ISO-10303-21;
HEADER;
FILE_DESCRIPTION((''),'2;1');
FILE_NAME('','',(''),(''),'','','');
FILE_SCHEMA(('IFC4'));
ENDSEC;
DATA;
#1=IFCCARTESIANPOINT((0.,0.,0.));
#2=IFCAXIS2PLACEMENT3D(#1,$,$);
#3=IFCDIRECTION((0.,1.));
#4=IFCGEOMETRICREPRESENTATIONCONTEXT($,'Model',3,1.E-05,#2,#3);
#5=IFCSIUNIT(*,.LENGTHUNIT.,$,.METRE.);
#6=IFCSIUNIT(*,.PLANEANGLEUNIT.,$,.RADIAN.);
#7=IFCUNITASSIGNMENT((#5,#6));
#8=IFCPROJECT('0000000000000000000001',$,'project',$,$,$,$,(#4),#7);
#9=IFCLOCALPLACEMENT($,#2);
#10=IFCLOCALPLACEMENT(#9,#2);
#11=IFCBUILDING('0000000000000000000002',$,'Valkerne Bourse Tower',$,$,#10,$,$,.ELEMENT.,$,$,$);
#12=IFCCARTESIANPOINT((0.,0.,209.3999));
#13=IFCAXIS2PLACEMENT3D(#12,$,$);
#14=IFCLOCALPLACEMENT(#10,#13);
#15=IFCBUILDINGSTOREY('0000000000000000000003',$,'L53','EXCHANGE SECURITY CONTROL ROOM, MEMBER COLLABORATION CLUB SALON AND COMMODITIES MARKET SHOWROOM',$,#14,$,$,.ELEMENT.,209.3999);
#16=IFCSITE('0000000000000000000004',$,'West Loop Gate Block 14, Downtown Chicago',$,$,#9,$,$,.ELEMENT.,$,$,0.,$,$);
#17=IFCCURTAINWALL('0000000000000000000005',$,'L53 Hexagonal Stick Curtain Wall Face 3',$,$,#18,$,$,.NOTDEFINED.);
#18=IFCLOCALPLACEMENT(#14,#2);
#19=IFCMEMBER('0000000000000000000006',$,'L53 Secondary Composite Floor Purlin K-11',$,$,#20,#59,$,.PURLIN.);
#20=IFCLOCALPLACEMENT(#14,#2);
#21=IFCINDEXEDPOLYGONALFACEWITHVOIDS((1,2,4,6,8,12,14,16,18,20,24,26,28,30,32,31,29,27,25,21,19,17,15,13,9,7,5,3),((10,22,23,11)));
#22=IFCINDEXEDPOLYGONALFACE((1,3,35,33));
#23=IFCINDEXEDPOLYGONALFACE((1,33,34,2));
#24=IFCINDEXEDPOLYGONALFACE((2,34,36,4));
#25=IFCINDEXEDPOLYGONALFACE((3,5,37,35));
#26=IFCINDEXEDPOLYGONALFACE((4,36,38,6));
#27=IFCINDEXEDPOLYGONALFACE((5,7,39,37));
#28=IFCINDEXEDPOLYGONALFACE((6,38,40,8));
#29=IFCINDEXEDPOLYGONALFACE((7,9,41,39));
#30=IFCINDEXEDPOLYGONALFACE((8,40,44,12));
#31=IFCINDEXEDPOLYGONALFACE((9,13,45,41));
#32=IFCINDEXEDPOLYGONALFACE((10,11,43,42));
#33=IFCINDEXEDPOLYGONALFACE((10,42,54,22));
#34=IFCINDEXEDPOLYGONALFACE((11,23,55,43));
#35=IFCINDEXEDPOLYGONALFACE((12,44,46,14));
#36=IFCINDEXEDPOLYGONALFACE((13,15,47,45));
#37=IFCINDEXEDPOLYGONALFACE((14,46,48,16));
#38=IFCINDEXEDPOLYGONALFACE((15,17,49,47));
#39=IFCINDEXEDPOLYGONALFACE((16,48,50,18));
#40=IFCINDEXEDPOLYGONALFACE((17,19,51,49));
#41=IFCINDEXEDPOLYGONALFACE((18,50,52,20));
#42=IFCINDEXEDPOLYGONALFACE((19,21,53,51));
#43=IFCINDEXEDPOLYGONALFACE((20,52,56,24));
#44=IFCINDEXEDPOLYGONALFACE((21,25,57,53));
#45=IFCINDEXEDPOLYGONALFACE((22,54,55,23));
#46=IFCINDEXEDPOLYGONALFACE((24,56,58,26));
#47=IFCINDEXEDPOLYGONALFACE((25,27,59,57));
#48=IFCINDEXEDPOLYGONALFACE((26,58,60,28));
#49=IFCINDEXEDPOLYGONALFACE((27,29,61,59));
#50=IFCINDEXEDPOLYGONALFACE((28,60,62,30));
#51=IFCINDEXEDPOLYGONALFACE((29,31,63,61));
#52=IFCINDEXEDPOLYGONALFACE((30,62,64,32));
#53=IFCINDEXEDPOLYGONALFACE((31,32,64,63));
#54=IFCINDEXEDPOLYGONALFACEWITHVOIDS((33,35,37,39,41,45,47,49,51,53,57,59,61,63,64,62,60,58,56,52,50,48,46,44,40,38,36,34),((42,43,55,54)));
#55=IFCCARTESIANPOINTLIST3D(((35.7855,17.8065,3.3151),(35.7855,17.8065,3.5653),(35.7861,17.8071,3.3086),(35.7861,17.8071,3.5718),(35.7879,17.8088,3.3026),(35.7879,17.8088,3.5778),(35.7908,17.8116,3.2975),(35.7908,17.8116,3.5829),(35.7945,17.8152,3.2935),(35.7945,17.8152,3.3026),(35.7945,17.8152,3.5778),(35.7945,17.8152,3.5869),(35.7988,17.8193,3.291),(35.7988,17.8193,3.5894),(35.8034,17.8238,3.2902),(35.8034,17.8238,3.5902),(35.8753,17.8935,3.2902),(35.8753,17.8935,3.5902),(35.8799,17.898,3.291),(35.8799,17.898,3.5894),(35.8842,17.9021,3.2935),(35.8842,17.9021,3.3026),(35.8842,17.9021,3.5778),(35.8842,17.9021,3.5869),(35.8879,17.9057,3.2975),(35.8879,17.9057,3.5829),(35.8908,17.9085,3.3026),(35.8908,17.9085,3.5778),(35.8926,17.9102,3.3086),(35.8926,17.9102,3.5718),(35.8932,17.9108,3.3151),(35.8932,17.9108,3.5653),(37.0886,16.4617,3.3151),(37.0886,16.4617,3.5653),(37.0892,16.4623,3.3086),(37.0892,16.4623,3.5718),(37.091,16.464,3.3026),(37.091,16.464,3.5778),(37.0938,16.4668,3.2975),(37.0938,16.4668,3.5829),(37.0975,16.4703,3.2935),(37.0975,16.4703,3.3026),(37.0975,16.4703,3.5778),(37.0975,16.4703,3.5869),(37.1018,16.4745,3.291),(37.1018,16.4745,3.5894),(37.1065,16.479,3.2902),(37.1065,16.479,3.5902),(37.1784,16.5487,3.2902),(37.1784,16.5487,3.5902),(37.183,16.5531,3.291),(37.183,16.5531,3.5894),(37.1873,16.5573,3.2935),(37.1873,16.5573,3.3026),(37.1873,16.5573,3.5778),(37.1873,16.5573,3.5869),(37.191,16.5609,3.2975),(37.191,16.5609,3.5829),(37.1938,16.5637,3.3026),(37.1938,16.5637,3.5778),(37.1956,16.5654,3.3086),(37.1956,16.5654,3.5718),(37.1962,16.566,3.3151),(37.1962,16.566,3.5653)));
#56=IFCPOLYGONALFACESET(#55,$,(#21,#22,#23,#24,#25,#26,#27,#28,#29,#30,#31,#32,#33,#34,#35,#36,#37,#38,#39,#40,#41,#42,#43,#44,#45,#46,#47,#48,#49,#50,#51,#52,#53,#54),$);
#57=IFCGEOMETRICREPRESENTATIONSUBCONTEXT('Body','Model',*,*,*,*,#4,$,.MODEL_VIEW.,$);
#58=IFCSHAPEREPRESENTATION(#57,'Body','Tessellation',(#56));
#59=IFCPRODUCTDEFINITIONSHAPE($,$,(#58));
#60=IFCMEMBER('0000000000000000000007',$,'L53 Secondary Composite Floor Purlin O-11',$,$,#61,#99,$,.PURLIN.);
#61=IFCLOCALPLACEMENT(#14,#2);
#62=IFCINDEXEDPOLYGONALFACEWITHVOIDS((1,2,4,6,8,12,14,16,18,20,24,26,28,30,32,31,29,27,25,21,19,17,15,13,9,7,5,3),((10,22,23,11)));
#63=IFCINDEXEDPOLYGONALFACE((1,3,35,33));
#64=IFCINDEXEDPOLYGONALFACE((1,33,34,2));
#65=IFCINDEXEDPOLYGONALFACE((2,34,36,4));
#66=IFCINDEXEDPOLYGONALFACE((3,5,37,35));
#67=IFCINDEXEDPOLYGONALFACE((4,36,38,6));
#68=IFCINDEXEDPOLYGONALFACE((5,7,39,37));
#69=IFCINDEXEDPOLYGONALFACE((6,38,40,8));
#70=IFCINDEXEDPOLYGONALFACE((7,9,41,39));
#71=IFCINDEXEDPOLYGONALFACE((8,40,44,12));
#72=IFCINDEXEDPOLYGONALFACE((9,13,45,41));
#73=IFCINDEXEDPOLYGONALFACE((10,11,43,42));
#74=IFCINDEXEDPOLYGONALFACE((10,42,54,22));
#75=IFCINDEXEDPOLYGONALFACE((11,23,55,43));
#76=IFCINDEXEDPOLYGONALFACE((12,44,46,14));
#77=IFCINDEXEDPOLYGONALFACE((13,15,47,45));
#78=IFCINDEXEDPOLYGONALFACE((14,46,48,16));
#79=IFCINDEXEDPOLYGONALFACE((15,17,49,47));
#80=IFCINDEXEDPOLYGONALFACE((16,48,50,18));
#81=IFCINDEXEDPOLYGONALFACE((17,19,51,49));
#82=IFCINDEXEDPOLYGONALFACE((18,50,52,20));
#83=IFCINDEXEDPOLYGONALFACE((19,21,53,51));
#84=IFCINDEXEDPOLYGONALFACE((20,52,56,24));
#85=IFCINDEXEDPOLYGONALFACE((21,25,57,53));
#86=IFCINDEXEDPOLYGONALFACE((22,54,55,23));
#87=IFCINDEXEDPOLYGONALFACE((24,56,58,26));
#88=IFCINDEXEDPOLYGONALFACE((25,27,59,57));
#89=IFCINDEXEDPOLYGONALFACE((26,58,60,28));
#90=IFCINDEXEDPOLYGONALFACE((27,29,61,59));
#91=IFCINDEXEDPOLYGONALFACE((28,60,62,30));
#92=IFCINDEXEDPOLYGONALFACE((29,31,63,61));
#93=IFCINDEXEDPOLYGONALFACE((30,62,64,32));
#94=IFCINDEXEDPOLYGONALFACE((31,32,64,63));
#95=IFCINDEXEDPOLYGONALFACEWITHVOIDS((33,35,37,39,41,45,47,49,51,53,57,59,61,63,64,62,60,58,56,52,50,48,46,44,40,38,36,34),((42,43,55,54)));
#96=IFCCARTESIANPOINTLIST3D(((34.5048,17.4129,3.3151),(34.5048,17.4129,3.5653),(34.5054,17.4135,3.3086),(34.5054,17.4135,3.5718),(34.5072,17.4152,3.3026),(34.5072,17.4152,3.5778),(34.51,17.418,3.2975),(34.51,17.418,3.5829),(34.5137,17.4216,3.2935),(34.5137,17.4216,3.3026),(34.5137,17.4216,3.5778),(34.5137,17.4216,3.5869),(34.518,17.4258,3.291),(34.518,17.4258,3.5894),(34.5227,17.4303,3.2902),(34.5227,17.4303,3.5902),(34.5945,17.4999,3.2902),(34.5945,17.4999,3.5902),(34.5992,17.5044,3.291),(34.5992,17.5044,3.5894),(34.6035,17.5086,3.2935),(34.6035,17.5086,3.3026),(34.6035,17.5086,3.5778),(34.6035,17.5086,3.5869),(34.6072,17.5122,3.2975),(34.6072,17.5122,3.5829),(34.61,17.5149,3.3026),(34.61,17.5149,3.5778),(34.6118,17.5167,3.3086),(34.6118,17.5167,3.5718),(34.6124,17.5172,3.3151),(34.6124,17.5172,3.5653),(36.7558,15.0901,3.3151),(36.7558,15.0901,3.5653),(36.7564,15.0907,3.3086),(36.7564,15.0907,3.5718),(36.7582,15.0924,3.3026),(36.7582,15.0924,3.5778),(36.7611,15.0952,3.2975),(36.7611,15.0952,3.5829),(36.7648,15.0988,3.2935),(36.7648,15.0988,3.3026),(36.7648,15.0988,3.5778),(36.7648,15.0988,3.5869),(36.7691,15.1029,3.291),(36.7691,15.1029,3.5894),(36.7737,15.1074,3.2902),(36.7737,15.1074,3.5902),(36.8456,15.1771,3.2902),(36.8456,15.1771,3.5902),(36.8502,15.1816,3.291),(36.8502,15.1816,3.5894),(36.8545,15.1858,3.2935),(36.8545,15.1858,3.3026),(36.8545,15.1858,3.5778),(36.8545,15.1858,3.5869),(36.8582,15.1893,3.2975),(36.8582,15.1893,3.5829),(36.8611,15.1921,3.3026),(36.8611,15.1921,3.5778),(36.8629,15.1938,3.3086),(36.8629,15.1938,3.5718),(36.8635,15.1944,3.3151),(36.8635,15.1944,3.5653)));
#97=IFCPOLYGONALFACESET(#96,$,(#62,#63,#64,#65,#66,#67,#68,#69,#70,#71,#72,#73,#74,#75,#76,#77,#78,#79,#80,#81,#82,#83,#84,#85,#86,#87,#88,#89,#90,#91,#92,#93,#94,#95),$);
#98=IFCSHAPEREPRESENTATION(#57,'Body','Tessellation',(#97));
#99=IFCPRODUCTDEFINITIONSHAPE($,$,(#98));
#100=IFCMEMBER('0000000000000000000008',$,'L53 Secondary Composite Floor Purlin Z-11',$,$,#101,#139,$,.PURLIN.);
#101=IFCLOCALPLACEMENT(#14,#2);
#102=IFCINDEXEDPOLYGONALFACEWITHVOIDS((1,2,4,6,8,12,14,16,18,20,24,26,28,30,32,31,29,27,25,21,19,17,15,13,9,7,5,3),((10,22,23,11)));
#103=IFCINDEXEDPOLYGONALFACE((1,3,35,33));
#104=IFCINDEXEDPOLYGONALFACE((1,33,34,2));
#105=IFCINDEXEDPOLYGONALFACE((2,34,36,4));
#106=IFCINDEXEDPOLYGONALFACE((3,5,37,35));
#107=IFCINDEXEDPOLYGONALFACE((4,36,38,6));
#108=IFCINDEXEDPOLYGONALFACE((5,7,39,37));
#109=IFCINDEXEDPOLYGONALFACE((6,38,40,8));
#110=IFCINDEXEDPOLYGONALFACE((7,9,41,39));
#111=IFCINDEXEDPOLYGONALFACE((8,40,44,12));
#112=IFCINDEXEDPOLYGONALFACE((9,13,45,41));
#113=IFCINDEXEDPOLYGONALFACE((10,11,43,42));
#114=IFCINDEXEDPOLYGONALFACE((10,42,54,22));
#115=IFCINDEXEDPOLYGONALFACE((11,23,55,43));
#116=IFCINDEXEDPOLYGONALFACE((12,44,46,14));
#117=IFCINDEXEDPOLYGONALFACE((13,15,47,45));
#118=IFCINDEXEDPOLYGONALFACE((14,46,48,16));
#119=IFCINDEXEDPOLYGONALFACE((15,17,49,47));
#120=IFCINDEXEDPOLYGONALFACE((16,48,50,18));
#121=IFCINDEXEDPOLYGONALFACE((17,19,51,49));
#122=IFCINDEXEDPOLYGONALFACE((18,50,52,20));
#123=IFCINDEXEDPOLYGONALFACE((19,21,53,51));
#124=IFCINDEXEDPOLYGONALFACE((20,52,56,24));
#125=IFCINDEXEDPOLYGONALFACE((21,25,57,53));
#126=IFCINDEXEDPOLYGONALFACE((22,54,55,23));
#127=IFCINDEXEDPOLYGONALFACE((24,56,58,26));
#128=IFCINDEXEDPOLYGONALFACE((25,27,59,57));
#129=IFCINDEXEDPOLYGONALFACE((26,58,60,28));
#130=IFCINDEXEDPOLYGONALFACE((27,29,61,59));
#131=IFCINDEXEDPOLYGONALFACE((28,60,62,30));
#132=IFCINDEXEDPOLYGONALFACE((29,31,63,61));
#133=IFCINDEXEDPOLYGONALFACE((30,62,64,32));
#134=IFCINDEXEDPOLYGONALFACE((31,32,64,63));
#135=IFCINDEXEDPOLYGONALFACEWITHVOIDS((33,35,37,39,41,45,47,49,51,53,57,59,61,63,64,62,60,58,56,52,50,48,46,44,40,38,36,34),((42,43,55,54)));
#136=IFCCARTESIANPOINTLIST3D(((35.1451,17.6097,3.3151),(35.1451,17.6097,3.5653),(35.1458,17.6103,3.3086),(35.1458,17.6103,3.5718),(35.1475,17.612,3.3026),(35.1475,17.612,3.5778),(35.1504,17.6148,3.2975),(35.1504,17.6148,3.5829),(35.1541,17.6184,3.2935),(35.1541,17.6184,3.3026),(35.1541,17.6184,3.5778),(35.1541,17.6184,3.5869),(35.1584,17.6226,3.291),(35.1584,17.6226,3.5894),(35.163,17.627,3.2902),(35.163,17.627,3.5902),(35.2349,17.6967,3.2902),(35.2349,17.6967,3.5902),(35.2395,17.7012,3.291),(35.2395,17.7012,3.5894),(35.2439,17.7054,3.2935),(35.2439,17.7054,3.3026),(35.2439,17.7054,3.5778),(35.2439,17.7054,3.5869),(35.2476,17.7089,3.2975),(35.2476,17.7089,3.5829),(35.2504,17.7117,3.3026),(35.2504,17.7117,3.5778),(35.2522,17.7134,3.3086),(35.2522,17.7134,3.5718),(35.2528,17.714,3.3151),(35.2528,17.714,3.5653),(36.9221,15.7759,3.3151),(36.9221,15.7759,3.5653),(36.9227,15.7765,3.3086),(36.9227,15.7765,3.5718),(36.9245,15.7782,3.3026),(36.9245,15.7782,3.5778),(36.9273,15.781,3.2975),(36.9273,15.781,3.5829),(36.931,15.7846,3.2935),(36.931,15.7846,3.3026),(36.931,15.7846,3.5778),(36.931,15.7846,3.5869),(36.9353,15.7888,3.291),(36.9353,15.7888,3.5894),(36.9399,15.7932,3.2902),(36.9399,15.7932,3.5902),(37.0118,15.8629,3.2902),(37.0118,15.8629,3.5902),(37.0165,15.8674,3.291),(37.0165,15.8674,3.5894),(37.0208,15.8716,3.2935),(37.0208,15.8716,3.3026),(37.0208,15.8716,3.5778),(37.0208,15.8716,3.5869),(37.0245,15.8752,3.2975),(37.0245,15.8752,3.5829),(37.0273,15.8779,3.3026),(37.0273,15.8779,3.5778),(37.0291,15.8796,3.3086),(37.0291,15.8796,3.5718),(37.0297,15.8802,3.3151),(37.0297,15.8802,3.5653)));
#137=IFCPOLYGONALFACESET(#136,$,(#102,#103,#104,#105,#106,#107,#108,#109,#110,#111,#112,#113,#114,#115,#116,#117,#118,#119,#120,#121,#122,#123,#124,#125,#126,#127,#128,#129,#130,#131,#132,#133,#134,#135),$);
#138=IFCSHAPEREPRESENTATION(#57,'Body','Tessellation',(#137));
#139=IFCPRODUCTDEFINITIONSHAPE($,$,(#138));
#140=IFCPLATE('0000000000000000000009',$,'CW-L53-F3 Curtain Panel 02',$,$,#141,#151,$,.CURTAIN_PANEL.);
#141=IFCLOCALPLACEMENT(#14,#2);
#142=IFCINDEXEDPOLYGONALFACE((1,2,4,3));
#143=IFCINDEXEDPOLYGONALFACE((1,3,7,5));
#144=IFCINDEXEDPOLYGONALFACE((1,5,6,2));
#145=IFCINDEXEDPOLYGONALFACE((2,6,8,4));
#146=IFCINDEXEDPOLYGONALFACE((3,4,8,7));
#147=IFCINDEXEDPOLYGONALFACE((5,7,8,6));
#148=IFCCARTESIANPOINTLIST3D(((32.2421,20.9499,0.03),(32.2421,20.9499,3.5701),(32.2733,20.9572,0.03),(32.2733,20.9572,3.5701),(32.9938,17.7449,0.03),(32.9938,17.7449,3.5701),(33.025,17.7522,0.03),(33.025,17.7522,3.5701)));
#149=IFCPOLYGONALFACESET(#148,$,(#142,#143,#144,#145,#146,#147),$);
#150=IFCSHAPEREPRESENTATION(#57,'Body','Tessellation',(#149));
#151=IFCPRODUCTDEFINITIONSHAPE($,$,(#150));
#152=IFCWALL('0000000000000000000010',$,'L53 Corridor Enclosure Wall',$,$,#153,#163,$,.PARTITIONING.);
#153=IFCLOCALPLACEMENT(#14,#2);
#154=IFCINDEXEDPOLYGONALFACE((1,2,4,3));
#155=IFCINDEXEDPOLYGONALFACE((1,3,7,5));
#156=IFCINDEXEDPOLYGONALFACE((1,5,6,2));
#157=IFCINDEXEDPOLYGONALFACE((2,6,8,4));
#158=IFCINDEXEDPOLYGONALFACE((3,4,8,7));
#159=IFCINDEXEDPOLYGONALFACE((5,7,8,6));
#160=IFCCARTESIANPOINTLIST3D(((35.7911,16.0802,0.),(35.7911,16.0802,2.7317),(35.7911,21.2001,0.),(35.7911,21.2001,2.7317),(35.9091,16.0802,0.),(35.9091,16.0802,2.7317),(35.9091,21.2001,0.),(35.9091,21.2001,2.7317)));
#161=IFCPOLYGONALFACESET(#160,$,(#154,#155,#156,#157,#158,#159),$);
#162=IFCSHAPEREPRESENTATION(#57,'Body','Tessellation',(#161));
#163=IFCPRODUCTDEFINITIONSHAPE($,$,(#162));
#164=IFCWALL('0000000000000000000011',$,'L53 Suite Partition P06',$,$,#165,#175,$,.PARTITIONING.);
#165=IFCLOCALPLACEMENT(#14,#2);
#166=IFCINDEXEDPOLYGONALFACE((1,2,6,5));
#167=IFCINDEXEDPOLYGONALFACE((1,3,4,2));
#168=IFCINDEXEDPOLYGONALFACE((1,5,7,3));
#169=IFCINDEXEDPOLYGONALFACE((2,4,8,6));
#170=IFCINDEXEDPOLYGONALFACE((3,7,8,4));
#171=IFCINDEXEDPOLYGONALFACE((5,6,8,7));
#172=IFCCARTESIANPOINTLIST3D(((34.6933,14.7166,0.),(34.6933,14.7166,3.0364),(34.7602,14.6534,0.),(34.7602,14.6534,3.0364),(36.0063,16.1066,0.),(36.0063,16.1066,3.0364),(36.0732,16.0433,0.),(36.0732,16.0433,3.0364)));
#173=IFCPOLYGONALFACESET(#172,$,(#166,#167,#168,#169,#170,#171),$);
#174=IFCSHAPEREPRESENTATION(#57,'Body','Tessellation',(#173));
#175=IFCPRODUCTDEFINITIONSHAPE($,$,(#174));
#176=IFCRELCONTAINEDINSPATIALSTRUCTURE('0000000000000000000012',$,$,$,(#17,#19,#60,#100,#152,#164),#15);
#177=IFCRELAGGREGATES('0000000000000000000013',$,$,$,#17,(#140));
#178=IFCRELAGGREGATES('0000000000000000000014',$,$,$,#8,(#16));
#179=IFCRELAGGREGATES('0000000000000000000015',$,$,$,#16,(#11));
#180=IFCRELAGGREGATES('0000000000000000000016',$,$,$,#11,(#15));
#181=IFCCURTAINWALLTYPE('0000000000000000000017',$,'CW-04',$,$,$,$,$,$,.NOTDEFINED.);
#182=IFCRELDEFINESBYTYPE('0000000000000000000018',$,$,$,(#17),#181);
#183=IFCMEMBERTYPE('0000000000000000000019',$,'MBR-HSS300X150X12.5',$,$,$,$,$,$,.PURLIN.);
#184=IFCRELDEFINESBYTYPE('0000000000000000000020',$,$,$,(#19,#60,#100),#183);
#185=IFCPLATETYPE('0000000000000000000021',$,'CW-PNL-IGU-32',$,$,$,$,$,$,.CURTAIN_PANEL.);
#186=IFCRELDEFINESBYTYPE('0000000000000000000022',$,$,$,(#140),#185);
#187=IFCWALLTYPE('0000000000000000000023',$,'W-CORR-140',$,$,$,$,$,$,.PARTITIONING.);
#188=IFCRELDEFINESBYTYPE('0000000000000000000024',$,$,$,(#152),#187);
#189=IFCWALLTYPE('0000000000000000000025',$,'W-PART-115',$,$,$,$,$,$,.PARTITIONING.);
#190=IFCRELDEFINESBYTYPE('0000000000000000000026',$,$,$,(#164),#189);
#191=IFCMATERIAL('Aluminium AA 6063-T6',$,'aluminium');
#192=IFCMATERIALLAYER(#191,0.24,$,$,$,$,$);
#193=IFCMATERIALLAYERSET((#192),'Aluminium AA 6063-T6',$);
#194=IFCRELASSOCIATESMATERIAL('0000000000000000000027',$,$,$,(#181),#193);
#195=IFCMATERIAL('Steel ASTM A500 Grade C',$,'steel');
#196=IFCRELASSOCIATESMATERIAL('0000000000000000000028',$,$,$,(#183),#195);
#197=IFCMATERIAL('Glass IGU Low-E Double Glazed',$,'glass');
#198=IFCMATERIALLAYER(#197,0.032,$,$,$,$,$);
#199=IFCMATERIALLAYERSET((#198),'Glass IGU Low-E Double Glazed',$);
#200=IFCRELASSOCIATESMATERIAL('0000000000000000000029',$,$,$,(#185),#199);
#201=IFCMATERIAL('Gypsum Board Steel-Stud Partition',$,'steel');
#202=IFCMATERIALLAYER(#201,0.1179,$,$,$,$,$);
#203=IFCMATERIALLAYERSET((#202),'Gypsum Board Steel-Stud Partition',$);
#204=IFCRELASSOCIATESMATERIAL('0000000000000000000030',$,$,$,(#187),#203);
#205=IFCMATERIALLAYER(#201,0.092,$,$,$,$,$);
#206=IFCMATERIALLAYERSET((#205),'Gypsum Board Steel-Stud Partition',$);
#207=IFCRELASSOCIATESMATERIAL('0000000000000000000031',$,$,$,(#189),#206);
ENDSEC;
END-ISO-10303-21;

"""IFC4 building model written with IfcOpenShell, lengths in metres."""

from ifc_helpers import new_model, si_unit, direction, frame, frame_2d, origin, origin_2d, place, context, subcontext, project, spatial, rectangle, hollow_rectangle, extrude, material, layer, layer_set, material_profile, profile_set, type_object, element, aggregate, save


model = new_model("IFC4")

# Units and contexts
model_context = context("Model", 3, precision=1e-05, world=origin(), true_north=direction((0.0, 1.0)))
body_context = subcontext(model_context, "Body", "Model", "MODEL_VIEW")
ifc_project = project(units=[si_unit("LENGTHUNIT", "METRE"), si_unit("PLANEANGLEUNIT", "RADIAN")], contexts=[model_context])

# Site, building, storey
site_placement = place(None, origin())
site = spatial("IfcSite", under=ifc_project, at=site_placement, Name="West Loop Gate Block 14, Downtown Chicago", CompositionType="ELEMENT", RefElevation=0.0)
building_placement = place(site_placement, origin())
building = spatial("IfcBuilding", under=site, at=building_placement, Name="Valkerne Bourse Tower", CompositionType="ELEMENT")
storey_placement = place(building_placement, frame((0.0, 0.0, 209.3999)))
storey = spatial("IfcBuildingStorey", under=building, at=storey_placement, Name="L53", Description="EXCHANGE SECURITY CONTROL ROOM, MEMBER COLLABORATION CLUB SALON AND COMMODITIES MARKET SHOWROOM", CompositionType="ELEMENT", Elevation=209.3999)

# Curtain wall
ifc_material_1 = material(Name="Aluminium AA 6063-T6", Category="aluminium")
ifc_layer_1 = layer(ifc_material_1, 0.24)
ifc_layer_set_1 = layer_set([ifc_layer_1], Name="Aluminium AA 6063-T6")
curtain_wall_type = type_object("IfcCurtainWallType", Name="CW-04", PredefinedType="NOTDEFINED", material=ifc_layer_set_1)
curtain_wall_1_placement = place(storey_placement, origin())
curtain_wall_1 = element("IfcCurtainWall", 1, at=curtain_wall_1_placement, inside=storey, type_object=curtain_wall_type, Name="L53 Hexagonal Stick Curtain Wall Face 3", PredefinedType="NOTDEFINED")

# Members
ifc_material_2 = material(Name="Steel ASTM A500 Grade C", Category="steel")
ifc_material_profile_1 = material_profile(ifc_material_2, hollow_rectangle(XDim=0.1499, YDim=0.3, WallThickness=0.0125, OuterFilletRadius=0.0249, at=origin_2d()), Name="HSS300X150X12.5")
ifc_profile_set_1 = profile_set([ifc_material_profile_1], Name="Steel ASTM A500 Grade C")
member_type_1 = type_object("IfcMemberType", Name="MBR-HSS300X150X12.5", PredefinedType="PURLIN", material=ifc_profile_set_1)
member_1_placement = place(storey_placement, frame((35.8394, 17.8586, 3.4402), z_axis=(0.695871, -0.718167, 0.0), x_axis=(0.718167, 0.695871, 0.0)))
element("IfcMember", 2, at=member_1_placement, inside=storey, type_object=member_type_1, Name="L53 Secondary Composite Floor Purlin K-11", PredefinedType="PURLIN", context=body_context, shape_type="SweptSolid", body=[
    extrude(hollow_rectangle(XDim=0.1499, YDim=0.3, WallThickness=0.0125, OuterFilletRadius=0.0249, at=origin_2d()), origin(), (0.0, 0.0, 1.0), 1.8726),
])
member_2_placement = place(storey_placement, frame((34.5586, 17.4651, 3.4402), z_axis=(0.695924, -0.718115, 0.0), x_axis=(0.718115, 0.695924, 0.0)))
element("IfcMember", 3, at=member_2_placement, inside=storey, type_object=member_type_1, Name="L53 Secondary Composite Floor Purlin O-11", PredefinedType="PURLIN", context=body_context, shape_type="SweptSolid", body=[
    extrude(hollow_rectangle(XDim=0.1499, YDim=0.3, WallThickness=0.0125, OuterFilletRadius=0.0249, at=origin_2d()), origin(), (0.0, 0.0, 1.0), 3.2346),
])
member_3_placement = place(storey_placement, frame((35.199, 17.6619, 3.4402), z_axis=(0.69588, -0.718158, 0.0), x_axis=(0.718158, 0.69588, 0.0)))
element("IfcMember", 4, at=member_3_placement, inside=storey, type_object=member_type_1, Name="L53 Secondary Composite Floor Purlin Z-11", PredefinedType="PURLIN", context=body_context, shape_type="SweptSolid", body=[
    extrude(hollow_rectangle(XDim=0.1499, YDim=0.3, WallThickness=0.0125, OuterFilletRadius=0.0249, at=origin_2d()), origin(), (0.0, 0.0, 1.0), 2.5535),
])

# Plate
ifc_material_3 = material(Name="Glass IGU Low-E Double Glazed", Category="glass")
ifc_layer_2 = layer(ifc_material_3, 0.032)
ifc_layer_set_2 = layer_set([ifc_layer_2], Name="Glass IGU Low-E Double Glazed")
plate_type = type_object("IfcPlateType", Name="CW-PNL-IGU-32", PredefinedType="CURTAIN_PANEL", material=ifc_layer_set_2)
plate_placement = place(storey_placement, frame((32.6335, 19.3511, 0.03), z_axis=(0.0, 0.0, 1.0), x_axis=(0.228349, -0.973579, 0.0)))
plate = element("IfcPlate", 5, at=plate_placement, type_object=plate_type, Name="CW-L53-F3 Curtain Panel 02", PredefinedType="CURTAIN_PANEL", context=body_context, shape_type="SweptSolid", body=[
    extrude(rectangle(XDim=3.292, YDim=0.032, at=origin_2d()), origin(), (0.0, 0.0, 1.0), 3.54),
])
aggregate(curtain_wall_1, [plate])

# Walls
ifc_material_4 = material(Name="Gypsum Board Steel-Stud Partition", Category="steel")
ifc_layer_3 = layer(ifc_material_4, 0.1179)
ifc_layer_set_3 = layer_set([ifc_layer_3], Name="Gypsum Board Steel-Stud Partition")
wall_type_1 = type_object("IfcWallType", Name="W-CORR-140", PredefinedType="PARTITIONING", material=ifc_layer_set_3)
wall_1_placement = place(storey_placement, frame((35.8501, 16.0801, 0.0), z_axis=(0.0, 0.0, 1.0), x_axis=(0.0, 1.0, 0.0)))
element("IfcWall", 6, at=wall_1_placement, inside=storey, type_object=wall_type_1, Name="L53 Corridor Enclosure Wall", PredefinedType="PARTITIONING", context=body_context, shape_type="SweptSolid", body=[
    extrude(rectangle(XDim=5.1199, YDim=0.1179, at=frame_2d((2.5601, 0.0))), origin(), (0.0, 0.0, 1.0), 2.7317),
])
ifc_layer_4 = layer(ifc_material_4, 0.092)
ifc_layer_set_4 = layer_set([ifc_layer_4], Name="Gypsum Board Steel-Stud Partition")
wall_type_2 = type_object("IfcWallType", Name="W-PART-115", PredefinedType="PARTITIONING", material=ifc_layer_set_4)
wall_2_placement = place(storey_placement, frame((36.0398, 16.075, 0.0), z_axis=(0.0, 0.0, 1.0), x_axis=(-0.68671, -0.726932, 0.0)))
element("IfcWall", 7, at=wall_2_placement, inside=storey, type_object=wall_type_2, Name="L53 Suite Partition P06", PredefinedType="PARTITIONING", context=body_context, shape_type="SweptSolid", body=[
    extrude(rectangle(XDim=1.9121, YDim=0.092, at=frame_2d((0.9561, 0.0))), origin(), (0.0, 0.0, 1.0), 3.0364),
])

save(model, "model.ifc")
